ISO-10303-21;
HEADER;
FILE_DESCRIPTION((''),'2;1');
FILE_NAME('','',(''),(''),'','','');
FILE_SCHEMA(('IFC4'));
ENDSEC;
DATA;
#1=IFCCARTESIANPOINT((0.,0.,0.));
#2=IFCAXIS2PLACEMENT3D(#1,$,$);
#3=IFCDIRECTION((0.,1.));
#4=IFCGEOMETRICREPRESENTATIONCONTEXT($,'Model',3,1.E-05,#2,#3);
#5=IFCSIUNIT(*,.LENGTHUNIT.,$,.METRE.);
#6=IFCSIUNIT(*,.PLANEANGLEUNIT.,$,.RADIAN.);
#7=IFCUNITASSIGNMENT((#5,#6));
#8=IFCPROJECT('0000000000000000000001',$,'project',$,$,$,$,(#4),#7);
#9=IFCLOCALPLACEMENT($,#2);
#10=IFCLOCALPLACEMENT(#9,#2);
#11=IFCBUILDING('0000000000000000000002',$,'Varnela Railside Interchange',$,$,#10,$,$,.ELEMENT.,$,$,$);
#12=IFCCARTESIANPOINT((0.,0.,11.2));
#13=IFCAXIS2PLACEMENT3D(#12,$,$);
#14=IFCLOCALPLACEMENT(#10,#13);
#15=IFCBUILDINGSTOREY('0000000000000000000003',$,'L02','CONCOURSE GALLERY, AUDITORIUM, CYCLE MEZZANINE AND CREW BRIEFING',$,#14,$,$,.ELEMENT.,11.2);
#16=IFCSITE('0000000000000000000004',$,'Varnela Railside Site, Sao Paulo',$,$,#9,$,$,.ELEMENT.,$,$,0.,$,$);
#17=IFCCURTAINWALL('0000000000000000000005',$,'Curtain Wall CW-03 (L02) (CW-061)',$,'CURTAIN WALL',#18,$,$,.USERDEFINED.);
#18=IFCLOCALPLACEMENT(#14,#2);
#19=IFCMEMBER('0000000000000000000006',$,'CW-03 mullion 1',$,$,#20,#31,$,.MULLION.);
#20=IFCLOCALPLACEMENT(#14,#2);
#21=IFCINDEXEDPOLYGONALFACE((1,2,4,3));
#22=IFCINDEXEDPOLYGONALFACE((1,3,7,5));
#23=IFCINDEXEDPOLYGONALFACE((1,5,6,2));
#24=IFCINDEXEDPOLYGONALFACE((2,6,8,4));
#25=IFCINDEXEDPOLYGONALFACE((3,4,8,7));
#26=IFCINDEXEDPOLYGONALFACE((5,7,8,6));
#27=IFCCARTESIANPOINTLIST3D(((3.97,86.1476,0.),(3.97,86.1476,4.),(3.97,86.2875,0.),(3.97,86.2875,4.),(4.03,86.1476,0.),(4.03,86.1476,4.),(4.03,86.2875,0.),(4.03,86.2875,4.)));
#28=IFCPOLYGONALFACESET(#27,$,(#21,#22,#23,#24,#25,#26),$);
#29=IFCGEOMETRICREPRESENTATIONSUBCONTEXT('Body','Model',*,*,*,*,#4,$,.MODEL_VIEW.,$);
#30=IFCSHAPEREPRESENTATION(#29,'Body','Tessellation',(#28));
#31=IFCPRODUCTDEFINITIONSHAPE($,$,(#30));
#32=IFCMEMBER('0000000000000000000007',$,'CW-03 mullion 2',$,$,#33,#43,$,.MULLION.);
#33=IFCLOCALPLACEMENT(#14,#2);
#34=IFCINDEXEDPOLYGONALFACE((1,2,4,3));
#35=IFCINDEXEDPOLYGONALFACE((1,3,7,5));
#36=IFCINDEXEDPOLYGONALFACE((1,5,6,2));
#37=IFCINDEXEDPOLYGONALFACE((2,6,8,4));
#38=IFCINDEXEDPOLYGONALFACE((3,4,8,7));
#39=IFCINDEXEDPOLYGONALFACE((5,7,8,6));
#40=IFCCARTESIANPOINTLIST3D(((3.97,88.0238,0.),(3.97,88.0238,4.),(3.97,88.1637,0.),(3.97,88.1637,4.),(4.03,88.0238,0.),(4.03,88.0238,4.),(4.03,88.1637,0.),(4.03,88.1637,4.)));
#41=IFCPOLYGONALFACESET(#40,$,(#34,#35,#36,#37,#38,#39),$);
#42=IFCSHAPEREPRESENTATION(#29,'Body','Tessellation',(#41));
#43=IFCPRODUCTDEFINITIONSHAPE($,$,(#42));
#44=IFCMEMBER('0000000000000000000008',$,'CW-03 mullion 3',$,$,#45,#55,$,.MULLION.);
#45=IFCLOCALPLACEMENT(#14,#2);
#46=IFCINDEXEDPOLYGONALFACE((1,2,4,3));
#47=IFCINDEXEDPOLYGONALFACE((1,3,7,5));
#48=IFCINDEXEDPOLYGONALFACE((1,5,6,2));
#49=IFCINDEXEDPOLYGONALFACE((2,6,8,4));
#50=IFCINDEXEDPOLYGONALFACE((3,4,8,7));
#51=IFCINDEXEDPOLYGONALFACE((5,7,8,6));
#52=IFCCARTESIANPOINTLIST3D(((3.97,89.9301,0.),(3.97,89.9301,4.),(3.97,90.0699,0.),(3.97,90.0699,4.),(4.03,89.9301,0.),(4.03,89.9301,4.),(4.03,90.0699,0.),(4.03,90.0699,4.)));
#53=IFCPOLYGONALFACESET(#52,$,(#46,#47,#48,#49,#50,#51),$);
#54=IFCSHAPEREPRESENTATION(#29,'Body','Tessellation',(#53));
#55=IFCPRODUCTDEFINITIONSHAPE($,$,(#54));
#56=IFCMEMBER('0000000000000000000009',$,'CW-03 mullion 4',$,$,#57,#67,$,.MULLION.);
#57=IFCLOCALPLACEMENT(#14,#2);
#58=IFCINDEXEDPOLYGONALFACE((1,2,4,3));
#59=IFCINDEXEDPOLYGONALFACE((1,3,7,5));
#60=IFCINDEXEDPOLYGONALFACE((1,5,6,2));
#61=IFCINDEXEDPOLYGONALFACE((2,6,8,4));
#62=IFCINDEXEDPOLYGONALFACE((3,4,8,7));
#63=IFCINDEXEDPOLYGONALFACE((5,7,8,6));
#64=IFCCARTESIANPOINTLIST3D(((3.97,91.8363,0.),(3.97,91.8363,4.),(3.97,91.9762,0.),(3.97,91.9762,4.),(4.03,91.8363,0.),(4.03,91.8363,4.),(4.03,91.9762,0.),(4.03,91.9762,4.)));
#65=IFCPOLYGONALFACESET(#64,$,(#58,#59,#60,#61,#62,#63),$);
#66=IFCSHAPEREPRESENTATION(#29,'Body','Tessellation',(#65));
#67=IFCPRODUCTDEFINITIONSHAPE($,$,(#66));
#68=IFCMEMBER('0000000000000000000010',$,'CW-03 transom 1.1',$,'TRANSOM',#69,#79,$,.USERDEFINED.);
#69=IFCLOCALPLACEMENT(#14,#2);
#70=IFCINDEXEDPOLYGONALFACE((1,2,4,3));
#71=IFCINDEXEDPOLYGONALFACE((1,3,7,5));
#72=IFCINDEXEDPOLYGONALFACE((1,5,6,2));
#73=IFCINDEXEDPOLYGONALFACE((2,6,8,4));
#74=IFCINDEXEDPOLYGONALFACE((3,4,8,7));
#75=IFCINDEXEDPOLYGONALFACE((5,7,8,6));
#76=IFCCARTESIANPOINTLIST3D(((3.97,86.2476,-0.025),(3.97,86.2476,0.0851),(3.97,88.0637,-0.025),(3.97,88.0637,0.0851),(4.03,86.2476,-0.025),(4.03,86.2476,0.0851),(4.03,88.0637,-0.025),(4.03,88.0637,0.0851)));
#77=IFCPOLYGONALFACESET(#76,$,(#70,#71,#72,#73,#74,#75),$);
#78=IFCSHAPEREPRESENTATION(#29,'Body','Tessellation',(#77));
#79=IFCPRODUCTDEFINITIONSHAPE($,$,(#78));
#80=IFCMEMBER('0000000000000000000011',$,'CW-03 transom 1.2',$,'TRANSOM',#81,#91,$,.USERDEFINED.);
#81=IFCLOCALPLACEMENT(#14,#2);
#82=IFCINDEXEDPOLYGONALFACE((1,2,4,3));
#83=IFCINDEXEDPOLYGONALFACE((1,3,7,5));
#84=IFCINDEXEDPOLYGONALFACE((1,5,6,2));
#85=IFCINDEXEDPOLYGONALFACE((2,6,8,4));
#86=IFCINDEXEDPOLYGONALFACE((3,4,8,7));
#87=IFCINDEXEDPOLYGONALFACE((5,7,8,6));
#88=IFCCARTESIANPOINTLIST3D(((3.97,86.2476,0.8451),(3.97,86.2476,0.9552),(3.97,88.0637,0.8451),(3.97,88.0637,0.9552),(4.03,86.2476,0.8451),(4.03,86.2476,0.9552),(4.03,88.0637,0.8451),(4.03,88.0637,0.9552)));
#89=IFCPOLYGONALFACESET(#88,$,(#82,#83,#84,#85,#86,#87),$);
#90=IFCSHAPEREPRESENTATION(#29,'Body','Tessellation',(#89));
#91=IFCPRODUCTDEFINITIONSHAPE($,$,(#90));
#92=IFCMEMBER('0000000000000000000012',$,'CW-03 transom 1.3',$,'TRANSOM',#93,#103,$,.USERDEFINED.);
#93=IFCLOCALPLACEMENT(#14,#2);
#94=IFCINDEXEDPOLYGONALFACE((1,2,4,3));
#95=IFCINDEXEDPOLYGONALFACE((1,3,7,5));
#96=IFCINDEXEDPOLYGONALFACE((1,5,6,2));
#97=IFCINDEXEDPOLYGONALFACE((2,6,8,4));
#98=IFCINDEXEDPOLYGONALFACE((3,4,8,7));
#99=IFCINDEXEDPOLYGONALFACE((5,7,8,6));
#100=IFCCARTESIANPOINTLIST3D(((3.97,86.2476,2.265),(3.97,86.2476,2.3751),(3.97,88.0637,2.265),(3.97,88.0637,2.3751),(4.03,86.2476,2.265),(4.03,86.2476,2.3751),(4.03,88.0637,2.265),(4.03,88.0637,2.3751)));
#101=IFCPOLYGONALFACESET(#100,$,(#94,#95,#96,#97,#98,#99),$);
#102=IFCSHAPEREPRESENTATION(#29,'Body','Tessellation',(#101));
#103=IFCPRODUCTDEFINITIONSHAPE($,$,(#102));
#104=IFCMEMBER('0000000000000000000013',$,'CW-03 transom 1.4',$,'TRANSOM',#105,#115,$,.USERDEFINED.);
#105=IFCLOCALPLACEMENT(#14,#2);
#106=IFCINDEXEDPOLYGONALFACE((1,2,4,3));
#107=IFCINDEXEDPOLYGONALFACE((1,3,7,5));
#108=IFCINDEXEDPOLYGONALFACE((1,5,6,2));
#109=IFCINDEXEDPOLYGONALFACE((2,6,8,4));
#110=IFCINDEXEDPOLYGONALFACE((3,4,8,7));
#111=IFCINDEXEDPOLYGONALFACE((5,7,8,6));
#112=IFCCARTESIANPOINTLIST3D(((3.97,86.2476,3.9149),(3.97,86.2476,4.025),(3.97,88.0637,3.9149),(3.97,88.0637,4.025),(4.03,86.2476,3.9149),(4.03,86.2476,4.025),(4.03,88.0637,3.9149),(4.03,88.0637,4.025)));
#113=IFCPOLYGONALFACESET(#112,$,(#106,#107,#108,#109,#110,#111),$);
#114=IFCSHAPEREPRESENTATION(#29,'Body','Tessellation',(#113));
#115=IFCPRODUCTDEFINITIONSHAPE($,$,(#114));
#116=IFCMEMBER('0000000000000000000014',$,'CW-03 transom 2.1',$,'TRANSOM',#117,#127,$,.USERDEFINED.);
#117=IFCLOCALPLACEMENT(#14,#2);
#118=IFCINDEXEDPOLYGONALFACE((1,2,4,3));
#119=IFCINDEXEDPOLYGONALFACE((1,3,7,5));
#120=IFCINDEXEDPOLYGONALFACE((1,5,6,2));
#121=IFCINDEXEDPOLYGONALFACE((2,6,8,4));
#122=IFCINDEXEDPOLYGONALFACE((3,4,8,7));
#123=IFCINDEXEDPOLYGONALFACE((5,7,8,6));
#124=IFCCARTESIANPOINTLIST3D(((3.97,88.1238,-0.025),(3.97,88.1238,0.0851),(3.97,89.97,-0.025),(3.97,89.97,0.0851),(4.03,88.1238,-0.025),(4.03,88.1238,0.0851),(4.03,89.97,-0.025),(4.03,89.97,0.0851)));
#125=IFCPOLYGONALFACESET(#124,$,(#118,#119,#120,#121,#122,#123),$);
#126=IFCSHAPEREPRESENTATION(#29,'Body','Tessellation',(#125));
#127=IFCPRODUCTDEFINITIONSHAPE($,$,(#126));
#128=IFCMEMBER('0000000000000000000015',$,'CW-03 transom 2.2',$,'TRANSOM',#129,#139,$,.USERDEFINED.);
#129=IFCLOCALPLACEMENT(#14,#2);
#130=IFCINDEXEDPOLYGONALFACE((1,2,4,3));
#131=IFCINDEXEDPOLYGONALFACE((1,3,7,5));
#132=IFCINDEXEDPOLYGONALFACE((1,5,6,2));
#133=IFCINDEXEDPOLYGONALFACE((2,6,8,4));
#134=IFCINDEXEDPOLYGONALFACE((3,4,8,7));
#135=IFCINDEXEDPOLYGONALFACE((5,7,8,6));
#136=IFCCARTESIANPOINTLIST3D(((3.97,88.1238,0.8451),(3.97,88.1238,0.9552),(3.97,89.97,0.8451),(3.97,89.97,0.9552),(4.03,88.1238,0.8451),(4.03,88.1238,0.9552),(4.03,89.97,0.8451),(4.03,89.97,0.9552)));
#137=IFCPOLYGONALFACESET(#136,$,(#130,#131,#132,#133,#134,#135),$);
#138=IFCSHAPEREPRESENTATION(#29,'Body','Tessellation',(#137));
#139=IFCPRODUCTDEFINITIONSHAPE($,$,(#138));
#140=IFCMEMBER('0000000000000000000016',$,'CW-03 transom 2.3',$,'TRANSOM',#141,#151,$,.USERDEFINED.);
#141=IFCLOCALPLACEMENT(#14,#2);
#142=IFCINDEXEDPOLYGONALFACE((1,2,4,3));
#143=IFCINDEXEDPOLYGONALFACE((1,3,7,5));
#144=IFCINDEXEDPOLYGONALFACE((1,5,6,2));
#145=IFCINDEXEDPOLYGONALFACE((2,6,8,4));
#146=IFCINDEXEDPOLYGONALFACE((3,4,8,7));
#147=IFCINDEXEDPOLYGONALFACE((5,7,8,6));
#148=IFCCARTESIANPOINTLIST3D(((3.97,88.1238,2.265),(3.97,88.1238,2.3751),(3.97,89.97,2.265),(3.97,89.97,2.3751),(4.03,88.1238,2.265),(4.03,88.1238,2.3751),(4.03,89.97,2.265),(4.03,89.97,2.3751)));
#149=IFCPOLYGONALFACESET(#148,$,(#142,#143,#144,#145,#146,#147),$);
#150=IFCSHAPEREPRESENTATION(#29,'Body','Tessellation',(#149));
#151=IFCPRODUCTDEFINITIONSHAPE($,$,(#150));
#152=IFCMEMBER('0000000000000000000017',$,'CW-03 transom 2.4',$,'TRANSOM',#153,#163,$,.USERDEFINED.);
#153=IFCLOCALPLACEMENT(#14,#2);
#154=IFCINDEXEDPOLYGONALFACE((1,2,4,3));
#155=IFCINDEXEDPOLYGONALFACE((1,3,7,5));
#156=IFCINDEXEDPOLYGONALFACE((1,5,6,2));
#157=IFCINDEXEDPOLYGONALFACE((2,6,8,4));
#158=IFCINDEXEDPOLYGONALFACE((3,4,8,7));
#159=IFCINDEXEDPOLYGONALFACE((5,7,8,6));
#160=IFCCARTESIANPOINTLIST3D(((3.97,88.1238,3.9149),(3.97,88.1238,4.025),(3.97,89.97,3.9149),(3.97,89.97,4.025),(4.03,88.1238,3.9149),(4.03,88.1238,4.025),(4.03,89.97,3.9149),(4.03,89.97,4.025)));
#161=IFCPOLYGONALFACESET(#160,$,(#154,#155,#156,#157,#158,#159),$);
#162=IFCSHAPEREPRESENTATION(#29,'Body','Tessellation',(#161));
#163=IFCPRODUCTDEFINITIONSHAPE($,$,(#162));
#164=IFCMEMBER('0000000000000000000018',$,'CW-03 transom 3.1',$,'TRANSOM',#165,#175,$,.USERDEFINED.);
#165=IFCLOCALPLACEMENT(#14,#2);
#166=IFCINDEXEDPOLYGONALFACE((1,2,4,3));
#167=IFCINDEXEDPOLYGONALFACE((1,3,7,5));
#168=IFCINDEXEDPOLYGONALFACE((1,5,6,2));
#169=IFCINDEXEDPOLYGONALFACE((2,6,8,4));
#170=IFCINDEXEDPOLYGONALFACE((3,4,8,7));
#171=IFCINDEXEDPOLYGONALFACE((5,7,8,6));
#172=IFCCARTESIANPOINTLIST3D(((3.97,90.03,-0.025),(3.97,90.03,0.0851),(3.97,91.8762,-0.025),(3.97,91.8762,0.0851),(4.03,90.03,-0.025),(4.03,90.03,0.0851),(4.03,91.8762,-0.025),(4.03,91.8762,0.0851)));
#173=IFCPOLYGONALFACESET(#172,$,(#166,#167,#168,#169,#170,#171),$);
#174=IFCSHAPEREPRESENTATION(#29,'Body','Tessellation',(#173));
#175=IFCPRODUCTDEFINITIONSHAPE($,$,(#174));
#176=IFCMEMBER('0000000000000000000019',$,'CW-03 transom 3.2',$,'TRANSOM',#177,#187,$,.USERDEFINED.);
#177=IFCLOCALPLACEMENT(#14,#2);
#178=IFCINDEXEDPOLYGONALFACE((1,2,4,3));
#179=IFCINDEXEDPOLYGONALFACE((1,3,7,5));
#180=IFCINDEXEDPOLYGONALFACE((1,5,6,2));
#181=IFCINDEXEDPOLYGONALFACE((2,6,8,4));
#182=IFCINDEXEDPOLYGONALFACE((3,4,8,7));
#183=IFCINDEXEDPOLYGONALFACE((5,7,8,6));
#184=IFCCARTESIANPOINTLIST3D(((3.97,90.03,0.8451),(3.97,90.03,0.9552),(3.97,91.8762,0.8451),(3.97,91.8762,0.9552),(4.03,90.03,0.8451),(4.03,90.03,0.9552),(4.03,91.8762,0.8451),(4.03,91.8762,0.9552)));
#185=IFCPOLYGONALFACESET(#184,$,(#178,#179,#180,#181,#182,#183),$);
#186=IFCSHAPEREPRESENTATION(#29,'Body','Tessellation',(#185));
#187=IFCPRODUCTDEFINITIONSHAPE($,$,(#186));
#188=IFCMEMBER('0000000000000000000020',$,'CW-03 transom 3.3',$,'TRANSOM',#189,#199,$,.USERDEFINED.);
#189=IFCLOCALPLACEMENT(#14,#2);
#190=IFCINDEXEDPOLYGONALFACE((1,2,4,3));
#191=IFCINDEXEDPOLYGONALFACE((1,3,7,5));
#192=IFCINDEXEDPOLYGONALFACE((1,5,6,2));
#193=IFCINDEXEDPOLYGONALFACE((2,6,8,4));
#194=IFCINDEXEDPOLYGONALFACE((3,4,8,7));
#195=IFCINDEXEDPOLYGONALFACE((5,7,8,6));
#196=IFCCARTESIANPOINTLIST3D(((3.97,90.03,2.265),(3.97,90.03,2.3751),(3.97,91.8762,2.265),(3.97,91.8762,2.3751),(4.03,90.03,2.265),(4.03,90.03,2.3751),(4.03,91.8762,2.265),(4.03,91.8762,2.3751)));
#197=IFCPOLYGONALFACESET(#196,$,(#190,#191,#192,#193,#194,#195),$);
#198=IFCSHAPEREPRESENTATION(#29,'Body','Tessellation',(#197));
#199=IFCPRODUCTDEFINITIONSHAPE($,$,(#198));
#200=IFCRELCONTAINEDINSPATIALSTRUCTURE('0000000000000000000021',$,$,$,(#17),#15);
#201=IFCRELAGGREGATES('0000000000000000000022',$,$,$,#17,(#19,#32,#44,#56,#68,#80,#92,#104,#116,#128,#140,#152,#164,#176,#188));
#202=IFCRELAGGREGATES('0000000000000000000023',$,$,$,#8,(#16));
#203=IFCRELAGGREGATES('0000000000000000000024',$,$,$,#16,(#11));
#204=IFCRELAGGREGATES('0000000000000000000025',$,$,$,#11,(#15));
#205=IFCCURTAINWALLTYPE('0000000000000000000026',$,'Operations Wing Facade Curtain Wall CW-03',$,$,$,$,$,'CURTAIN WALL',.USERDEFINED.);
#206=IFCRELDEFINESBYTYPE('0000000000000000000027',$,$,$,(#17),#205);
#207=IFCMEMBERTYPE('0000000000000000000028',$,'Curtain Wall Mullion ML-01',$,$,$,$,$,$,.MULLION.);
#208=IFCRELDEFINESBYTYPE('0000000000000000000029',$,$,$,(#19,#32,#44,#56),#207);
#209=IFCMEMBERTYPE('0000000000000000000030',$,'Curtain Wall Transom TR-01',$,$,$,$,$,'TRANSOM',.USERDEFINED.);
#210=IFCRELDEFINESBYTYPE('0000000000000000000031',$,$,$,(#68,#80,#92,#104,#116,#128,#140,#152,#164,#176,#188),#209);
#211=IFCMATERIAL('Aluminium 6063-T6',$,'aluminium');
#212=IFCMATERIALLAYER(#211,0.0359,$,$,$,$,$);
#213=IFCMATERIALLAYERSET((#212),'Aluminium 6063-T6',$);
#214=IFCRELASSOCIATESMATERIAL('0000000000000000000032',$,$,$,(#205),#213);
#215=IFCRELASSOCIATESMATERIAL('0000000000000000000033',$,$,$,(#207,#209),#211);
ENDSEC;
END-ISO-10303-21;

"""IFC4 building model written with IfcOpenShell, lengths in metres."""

from ifc_helpers import new_model, si_unit, direction, frame, origin, origin_2d, place, context, subcontext, project, spatial, rectangle, extrude, material, layer, layer_set, material_profile, profile_set, type_object, element, aggregate, save


model = new_model("IFC4")

# Units and contexts
model_context = context("Model", 3, precision=1e-05, world=origin(), true_north=direction((0.0, 1.0)))
body_context = subcontext(model_context, "Body", "Model", "MODEL_VIEW")
ifc_project = project(units=[si_unit("LENGTHUNIT", "METRE"), si_unit("PLANEANGLEUNIT", "RADIAN")], contexts=[model_context])

# Site, building, storey
site_placement = place(None, origin())
site = spatial("IfcSite", under=ifc_project, at=site_placement, Name="Varnela Railside Site, Sao Paulo", CompositionType="ELEMENT", RefElevation=0.0)
building_placement = place(site_placement, origin())
building = spatial("IfcBuilding", under=site, at=building_placement, Name="Varnela Railside Interchange", CompositionType="ELEMENT")
storey_placement = place(building_placement, frame((0.0, 0.0, 11.2)))
storey = spatial("IfcBuildingStorey", under=building, at=storey_placement, Name="L02", Description="CONCOURSE GALLERY, AUDITORIUM, CYCLE MEZZANINE AND CREW BRIEFING", CompositionType="ELEMENT", Elevation=11.2)

# Curtain wall, members
ifc_material_1 = material(Name="Aluminium 6063-T6", Category="aluminium")
ifc_layer_1 = layer(ifc_material_1, 0.0359)
ifc_layer_set_1 = layer_set([ifc_layer_1], Name="Aluminium 6063-T6")
curtain_wall_type = type_object("IfcCurtainWallType", Name="Operations Wing Facade Curtain Wall CW-03", ElementType="CURTAIN WALL", PredefinedType="USERDEFINED", material=ifc_layer_set_1)
curtain_wall_placement = place(storey_placement, origin())
curtain_wall = element("IfcCurtainWall", 1, at=curtain_wall_placement, inside=storey, type_object=curtain_wall_type, Name="Curtain Wall CW-03 (L02) (CW-061)", ObjectType="CURTAIN WALL", PredefinedType="USERDEFINED")
ifc_material_profile_1 = material_profile(ifc_material_1, rectangle(XDim=0.0601, YDim=0.1399, at=origin_2d()), Name="ALU 60x140")
ifc_profile_set_1 = profile_set([ifc_material_profile_1], Name="Aluminium 6063-T6")
member_type_1 = type_object("IfcMemberType", Name="Curtain Wall Mullion ML-01", PredefinedType="MULLION", material=ifc_profile_set_1)
member_1_placement = place(storey_placement, frame((4.0, 86.2175, 0.0), z_axis=(0.0, 0.0, 1.0), x_axis=(-1.0, 0.0, 0.0)))
member_1 = element("IfcMember", 2, at=member_1_placement, type_object=member_type_1, Name="CW-03 mullion 1", PredefinedType="MULLION", context=body_context, shape_type="SweptSolid", body=[
    extrude(rectangle(XDim=0.0601, YDim=0.1399, at=origin_2d()), origin(), (0.0, 0.0, 1.0), 4.0),
])
member_2_placement = place(storey_placement, frame((4.0, 88.0938, 0.0), z_axis=(0.0, 0.0, 1.0), x_axis=(-1.0, 0.0, 0.0)))
member_2 = element("IfcMember", 3, at=member_2_placement, type_object=member_type_1, Name="CW-03 mullion 2", PredefinedType="MULLION", context=body_context, shape_type="SweptSolid", body=[
    extrude(rectangle(XDim=0.0601, YDim=0.1399, at=origin_2d()), origin(), (0.0, 0.0, 1.0), 4.0),
])
member_3_placement = place(storey_placement, frame((4.0, 90.0, 0.0), z_axis=(0.0, 0.0, 1.0), x_axis=(-1.0, 0.0, 0.0)))
member_3 = element("IfcMember", 4, at=member_3_placement, type_object=member_type_1, Name="CW-03 mullion 3", PredefinedType="MULLION", context=body_context, shape_type="SweptSolid", body=[
    extrude(rectangle(XDim=0.0601, YDim=0.1399, at=origin_2d()), origin(), (0.0, 0.0, 1.0), 4.0),
])
member_4_placement = place(storey_placement, frame((4.0, 91.9062, 0.0), z_axis=(0.0, 0.0, 1.0), x_axis=(-1.0, 0.0, 0.0)))
member_4 = element("IfcMember", 5, at=member_4_placement, type_object=member_type_1, Name="CW-03 mullion 4", PredefinedType="MULLION", context=body_context, shape_type="SweptSolid", body=[
    extrude(rectangle(XDim=0.0601, YDim=0.1399, at=origin_2d()), origin(), (0.0, 0.0, 1.0), 4.0),
])
ifc_material_profile_2 = material_profile(ifc_material_1, rectangle(XDim=0.0601, YDim=0.1101, at=origin_2d()), Name="ALU 60x110")
ifc_profile_set_2 = profile_set([ifc_material_profile_2], Name="Aluminium 6063-T6")
member_type_2 = type_object("IfcMemberType", Name="Curtain Wall Transom TR-01", ElementType="TRANSOM", PredefinedType="USERDEFINED", material=ifc_profile_set_2)
member_5_placement = place(storey_placement, frame((4.0, 86.2476, 0.03), z_axis=(0.0, 1.0, 0.0), x_axis=(-1.0, 0.0, 0.0)))
member_5 = element("IfcMember", 6, at=member_5_placement, type_object=member_type_2, Name="CW-03 transom 1.1", ObjectType="TRANSOM", PredefinedType="USERDEFINED", context=body_context, shape_type="SweptSolid", body=[
    extrude(rectangle(XDim=0.0601, YDim=0.1101, at=origin_2d()), origin(), (0.0, 0.0, 1.0), 1.8162),
])
member_6_placement = place(storey_placement, frame((4.0, 86.2476, 0.9001), z_axis=(0.0, 1.0, 0.0), x_axis=(-1.0, 0.0, 0.0)))
member_6 = element("IfcMember", 7, at=member_6_placement, type_object=member_type_2, Name="CW-03 transom 1.2", ObjectType="TRANSOM", PredefinedType="USERDEFINED", context=body_context, shape_type="SweptSolid", body=[
    extrude(rectangle(XDim=0.0601, YDim=0.1101, at=origin_2d()), origin(), (0.0, 0.0, 1.0), 1.8162),
])
member_7_placement = place(storey_placement, frame((4.0, 86.2476, 2.3201), z_axis=(0.0, 1.0, 0.0), x_axis=(-1.0, 0.0, 0.0)))
member_7 = element("IfcMember", 8, at=member_7_placement, type_object=member_type_2, Name="CW-03 transom 1.3", ObjectType="TRANSOM", PredefinedType="USERDEFINED", context=body_context, shape_type="SweptSolid", body=[
    extrude(rectangle(XDim=0.0601, YDim=0.1101, at=origin_2d()), origin(), (0.0, 0.0, 1.0), 1.8162),
])
member_8_placement = place(storey_placement, frame((4.0, 86.2476, 3.97), z_axis=(0.0, 1.0, 0.0), x_axis=(-1.0, 0.0, 0.0)))
member_8 = element("IfcMember", 9, at=member_8_placement, type_object=member_type_2, Name="CW-03 transom 1.4", ObjectType="TRANSOM", PredefinedType="USERDEFINED", context=body_context, shape_type="SweptSolid", body=[
    extrude(rectangle(XDim=0.0601, YDim=0.1101, at=origin_2d()), origin(), (0.0, 0.0, 1.0), 1.8162),
])
member_9_placement = place(storey_placement, frame((4.0, 88.1238, 0.03), z_axis=(0.0, 1.0, 0.0), x_axis=(-1.0, 0.0, 0.0)))
member_9 = element("IfcMember", 10, at=member_9_placement, type_object=member_type_2, Name="CW-03 transom 2.1", ObjectType="TRANSOM", PredefinedType="USERDEFINED", context=body_context, shape_type="SweptSolid", body=[
    extrude(rectangle(XDim=0.0601, YDim=0.1101, at=origin_2d()), origin(), (0.0, 0.0, 1.0), 1.8462),
])
member_10_placement = place(storey_placement, frame((4.0, 88.1238, 0.9001), z_axis=(0.0, 1.0, 0.0), x_axis=(-1.0, 0.0, 0.0)))
member_10 = element("IfcMember", 11, at=member_10_placement, type_object=member_type_2, Name="CW-03 transom 2.2", ObjectType="TRANSOM", PredefinedType="USERDEFINED", context=body_context, shape_type="SweptSolid", body=[
    extrude(rectangle(XDim=0.0601, YDim=0.1101, at=origin_2d()), origin(), (0.0, 0.0, 1.0), 1.8462),
])
member_11_placement = place(storey_placement, frame((4.0, 88.1238, 2.3201), z_axis=(0.0, 1.0, 0.0), x_axis=(-1.0, 0.0, 0.0)))
member_11 = element("IfcMember", 12, at=member_11_placement, type_object=member_type_2, Name="CW-03 transom 2.3", ObjectType="TRANSOM", PredefinedType="USERDEFINED", context=body_context, shape_type="SweptSolid", body=[
    extrude(rectangle(XDim=0.0601, YDim=0.1101, at=origin_2d()), origin(), (0.0, 0.0, 1.0), 1.8462),
])
member_12_placement = place(storey_placement, frame((4.0, 88.1238, 3.97), z_axis=(0.0, 1.0, 0.0), x_axis=(-1.0, 0.0, 0.0)))
member_12 = element("IfcMember", 13, at=member_12_placement, type_object=member_type_2, Name="CW-03 transom 2.4", ObjectType="TRANSOM", PredefinedType="USERDEFINED", context=body_context, shape_type="SweptSolid", body=[
    extrude(rectangle(XDim=0.0601, YDim=0.1101, at=origin_2d()), origin(), (0.0, 0.0, 1.0), 1.8462),
])
member_13_placement = place(storey_placement, frame((4.0, 90.03, 0.03), z_axis=(0.0, 1.0, 0.0), x_axis=(-1.0, 0.0, 0.0)))
member_13 = element("IfcMember", 14, at=member_13_placement, type_object=member_type_2, Name="CW-03 transom 3.1", ObjectType="TRANSOM", PredefinedType="USERDEFINED", context=body_context, shape_type="SweptSolid", body=[
    extrude(rectangle(XDim=0.0601, YDim=0.1101, at=origin_2d()), origin(), (0.0, 0.0, 1.0), 1.8462),
])
member_14_placement = place(storey_placement, frame((4.0, 90.03, 0.9001), z_axis=(0.0, 1.0, 0.0), x_axis=(-1.0, 0.0, 0.0)))
member_14 = element("IfcMember", 15, at=member_14_placement, type_object=member_type_2, Name="CW-03 transom 3.2", ObjectType="TRANSOM", PredefinedType="USERDEFINED", context=body_context, shape_type="SweptSolid", body=[
    extrude(rectangle(XDim=0.0601, YDim=0.1101, at=origin_2d()), origin(), (0.0, 0.0, 1.0), 1.8462),
])
member_15_placement = place(storey_placement, frame((4.0, 90.03, 2.3201), z_axis=(0.0, 1.0, 0.0), x_axis=(-1.0, 0.0, 0.0)))
member_15 = element("IfcMember", 16, at=member_15_placement, type_object=member_type_2, Name="CW-03 transom 3.3", ObjectType="TRANSOM", PredefinedType="USERDEFINED", context=body_context, shape_type="SweptSolid", body=[
    extrude(rectangle(XDim=0.0601, YDim=0.1101, at=origin_2d()), origin(), (0.0, 0.0, 1.0), 1.8462),
])
aggregate(curtain_wall, [member_1, member_2, member_3, member_4, member_5, member_6, member_7, member_8, member_9, member_10, member_11, member_12, member_13, member_14, member_15])

save(model, "model.ifc")
